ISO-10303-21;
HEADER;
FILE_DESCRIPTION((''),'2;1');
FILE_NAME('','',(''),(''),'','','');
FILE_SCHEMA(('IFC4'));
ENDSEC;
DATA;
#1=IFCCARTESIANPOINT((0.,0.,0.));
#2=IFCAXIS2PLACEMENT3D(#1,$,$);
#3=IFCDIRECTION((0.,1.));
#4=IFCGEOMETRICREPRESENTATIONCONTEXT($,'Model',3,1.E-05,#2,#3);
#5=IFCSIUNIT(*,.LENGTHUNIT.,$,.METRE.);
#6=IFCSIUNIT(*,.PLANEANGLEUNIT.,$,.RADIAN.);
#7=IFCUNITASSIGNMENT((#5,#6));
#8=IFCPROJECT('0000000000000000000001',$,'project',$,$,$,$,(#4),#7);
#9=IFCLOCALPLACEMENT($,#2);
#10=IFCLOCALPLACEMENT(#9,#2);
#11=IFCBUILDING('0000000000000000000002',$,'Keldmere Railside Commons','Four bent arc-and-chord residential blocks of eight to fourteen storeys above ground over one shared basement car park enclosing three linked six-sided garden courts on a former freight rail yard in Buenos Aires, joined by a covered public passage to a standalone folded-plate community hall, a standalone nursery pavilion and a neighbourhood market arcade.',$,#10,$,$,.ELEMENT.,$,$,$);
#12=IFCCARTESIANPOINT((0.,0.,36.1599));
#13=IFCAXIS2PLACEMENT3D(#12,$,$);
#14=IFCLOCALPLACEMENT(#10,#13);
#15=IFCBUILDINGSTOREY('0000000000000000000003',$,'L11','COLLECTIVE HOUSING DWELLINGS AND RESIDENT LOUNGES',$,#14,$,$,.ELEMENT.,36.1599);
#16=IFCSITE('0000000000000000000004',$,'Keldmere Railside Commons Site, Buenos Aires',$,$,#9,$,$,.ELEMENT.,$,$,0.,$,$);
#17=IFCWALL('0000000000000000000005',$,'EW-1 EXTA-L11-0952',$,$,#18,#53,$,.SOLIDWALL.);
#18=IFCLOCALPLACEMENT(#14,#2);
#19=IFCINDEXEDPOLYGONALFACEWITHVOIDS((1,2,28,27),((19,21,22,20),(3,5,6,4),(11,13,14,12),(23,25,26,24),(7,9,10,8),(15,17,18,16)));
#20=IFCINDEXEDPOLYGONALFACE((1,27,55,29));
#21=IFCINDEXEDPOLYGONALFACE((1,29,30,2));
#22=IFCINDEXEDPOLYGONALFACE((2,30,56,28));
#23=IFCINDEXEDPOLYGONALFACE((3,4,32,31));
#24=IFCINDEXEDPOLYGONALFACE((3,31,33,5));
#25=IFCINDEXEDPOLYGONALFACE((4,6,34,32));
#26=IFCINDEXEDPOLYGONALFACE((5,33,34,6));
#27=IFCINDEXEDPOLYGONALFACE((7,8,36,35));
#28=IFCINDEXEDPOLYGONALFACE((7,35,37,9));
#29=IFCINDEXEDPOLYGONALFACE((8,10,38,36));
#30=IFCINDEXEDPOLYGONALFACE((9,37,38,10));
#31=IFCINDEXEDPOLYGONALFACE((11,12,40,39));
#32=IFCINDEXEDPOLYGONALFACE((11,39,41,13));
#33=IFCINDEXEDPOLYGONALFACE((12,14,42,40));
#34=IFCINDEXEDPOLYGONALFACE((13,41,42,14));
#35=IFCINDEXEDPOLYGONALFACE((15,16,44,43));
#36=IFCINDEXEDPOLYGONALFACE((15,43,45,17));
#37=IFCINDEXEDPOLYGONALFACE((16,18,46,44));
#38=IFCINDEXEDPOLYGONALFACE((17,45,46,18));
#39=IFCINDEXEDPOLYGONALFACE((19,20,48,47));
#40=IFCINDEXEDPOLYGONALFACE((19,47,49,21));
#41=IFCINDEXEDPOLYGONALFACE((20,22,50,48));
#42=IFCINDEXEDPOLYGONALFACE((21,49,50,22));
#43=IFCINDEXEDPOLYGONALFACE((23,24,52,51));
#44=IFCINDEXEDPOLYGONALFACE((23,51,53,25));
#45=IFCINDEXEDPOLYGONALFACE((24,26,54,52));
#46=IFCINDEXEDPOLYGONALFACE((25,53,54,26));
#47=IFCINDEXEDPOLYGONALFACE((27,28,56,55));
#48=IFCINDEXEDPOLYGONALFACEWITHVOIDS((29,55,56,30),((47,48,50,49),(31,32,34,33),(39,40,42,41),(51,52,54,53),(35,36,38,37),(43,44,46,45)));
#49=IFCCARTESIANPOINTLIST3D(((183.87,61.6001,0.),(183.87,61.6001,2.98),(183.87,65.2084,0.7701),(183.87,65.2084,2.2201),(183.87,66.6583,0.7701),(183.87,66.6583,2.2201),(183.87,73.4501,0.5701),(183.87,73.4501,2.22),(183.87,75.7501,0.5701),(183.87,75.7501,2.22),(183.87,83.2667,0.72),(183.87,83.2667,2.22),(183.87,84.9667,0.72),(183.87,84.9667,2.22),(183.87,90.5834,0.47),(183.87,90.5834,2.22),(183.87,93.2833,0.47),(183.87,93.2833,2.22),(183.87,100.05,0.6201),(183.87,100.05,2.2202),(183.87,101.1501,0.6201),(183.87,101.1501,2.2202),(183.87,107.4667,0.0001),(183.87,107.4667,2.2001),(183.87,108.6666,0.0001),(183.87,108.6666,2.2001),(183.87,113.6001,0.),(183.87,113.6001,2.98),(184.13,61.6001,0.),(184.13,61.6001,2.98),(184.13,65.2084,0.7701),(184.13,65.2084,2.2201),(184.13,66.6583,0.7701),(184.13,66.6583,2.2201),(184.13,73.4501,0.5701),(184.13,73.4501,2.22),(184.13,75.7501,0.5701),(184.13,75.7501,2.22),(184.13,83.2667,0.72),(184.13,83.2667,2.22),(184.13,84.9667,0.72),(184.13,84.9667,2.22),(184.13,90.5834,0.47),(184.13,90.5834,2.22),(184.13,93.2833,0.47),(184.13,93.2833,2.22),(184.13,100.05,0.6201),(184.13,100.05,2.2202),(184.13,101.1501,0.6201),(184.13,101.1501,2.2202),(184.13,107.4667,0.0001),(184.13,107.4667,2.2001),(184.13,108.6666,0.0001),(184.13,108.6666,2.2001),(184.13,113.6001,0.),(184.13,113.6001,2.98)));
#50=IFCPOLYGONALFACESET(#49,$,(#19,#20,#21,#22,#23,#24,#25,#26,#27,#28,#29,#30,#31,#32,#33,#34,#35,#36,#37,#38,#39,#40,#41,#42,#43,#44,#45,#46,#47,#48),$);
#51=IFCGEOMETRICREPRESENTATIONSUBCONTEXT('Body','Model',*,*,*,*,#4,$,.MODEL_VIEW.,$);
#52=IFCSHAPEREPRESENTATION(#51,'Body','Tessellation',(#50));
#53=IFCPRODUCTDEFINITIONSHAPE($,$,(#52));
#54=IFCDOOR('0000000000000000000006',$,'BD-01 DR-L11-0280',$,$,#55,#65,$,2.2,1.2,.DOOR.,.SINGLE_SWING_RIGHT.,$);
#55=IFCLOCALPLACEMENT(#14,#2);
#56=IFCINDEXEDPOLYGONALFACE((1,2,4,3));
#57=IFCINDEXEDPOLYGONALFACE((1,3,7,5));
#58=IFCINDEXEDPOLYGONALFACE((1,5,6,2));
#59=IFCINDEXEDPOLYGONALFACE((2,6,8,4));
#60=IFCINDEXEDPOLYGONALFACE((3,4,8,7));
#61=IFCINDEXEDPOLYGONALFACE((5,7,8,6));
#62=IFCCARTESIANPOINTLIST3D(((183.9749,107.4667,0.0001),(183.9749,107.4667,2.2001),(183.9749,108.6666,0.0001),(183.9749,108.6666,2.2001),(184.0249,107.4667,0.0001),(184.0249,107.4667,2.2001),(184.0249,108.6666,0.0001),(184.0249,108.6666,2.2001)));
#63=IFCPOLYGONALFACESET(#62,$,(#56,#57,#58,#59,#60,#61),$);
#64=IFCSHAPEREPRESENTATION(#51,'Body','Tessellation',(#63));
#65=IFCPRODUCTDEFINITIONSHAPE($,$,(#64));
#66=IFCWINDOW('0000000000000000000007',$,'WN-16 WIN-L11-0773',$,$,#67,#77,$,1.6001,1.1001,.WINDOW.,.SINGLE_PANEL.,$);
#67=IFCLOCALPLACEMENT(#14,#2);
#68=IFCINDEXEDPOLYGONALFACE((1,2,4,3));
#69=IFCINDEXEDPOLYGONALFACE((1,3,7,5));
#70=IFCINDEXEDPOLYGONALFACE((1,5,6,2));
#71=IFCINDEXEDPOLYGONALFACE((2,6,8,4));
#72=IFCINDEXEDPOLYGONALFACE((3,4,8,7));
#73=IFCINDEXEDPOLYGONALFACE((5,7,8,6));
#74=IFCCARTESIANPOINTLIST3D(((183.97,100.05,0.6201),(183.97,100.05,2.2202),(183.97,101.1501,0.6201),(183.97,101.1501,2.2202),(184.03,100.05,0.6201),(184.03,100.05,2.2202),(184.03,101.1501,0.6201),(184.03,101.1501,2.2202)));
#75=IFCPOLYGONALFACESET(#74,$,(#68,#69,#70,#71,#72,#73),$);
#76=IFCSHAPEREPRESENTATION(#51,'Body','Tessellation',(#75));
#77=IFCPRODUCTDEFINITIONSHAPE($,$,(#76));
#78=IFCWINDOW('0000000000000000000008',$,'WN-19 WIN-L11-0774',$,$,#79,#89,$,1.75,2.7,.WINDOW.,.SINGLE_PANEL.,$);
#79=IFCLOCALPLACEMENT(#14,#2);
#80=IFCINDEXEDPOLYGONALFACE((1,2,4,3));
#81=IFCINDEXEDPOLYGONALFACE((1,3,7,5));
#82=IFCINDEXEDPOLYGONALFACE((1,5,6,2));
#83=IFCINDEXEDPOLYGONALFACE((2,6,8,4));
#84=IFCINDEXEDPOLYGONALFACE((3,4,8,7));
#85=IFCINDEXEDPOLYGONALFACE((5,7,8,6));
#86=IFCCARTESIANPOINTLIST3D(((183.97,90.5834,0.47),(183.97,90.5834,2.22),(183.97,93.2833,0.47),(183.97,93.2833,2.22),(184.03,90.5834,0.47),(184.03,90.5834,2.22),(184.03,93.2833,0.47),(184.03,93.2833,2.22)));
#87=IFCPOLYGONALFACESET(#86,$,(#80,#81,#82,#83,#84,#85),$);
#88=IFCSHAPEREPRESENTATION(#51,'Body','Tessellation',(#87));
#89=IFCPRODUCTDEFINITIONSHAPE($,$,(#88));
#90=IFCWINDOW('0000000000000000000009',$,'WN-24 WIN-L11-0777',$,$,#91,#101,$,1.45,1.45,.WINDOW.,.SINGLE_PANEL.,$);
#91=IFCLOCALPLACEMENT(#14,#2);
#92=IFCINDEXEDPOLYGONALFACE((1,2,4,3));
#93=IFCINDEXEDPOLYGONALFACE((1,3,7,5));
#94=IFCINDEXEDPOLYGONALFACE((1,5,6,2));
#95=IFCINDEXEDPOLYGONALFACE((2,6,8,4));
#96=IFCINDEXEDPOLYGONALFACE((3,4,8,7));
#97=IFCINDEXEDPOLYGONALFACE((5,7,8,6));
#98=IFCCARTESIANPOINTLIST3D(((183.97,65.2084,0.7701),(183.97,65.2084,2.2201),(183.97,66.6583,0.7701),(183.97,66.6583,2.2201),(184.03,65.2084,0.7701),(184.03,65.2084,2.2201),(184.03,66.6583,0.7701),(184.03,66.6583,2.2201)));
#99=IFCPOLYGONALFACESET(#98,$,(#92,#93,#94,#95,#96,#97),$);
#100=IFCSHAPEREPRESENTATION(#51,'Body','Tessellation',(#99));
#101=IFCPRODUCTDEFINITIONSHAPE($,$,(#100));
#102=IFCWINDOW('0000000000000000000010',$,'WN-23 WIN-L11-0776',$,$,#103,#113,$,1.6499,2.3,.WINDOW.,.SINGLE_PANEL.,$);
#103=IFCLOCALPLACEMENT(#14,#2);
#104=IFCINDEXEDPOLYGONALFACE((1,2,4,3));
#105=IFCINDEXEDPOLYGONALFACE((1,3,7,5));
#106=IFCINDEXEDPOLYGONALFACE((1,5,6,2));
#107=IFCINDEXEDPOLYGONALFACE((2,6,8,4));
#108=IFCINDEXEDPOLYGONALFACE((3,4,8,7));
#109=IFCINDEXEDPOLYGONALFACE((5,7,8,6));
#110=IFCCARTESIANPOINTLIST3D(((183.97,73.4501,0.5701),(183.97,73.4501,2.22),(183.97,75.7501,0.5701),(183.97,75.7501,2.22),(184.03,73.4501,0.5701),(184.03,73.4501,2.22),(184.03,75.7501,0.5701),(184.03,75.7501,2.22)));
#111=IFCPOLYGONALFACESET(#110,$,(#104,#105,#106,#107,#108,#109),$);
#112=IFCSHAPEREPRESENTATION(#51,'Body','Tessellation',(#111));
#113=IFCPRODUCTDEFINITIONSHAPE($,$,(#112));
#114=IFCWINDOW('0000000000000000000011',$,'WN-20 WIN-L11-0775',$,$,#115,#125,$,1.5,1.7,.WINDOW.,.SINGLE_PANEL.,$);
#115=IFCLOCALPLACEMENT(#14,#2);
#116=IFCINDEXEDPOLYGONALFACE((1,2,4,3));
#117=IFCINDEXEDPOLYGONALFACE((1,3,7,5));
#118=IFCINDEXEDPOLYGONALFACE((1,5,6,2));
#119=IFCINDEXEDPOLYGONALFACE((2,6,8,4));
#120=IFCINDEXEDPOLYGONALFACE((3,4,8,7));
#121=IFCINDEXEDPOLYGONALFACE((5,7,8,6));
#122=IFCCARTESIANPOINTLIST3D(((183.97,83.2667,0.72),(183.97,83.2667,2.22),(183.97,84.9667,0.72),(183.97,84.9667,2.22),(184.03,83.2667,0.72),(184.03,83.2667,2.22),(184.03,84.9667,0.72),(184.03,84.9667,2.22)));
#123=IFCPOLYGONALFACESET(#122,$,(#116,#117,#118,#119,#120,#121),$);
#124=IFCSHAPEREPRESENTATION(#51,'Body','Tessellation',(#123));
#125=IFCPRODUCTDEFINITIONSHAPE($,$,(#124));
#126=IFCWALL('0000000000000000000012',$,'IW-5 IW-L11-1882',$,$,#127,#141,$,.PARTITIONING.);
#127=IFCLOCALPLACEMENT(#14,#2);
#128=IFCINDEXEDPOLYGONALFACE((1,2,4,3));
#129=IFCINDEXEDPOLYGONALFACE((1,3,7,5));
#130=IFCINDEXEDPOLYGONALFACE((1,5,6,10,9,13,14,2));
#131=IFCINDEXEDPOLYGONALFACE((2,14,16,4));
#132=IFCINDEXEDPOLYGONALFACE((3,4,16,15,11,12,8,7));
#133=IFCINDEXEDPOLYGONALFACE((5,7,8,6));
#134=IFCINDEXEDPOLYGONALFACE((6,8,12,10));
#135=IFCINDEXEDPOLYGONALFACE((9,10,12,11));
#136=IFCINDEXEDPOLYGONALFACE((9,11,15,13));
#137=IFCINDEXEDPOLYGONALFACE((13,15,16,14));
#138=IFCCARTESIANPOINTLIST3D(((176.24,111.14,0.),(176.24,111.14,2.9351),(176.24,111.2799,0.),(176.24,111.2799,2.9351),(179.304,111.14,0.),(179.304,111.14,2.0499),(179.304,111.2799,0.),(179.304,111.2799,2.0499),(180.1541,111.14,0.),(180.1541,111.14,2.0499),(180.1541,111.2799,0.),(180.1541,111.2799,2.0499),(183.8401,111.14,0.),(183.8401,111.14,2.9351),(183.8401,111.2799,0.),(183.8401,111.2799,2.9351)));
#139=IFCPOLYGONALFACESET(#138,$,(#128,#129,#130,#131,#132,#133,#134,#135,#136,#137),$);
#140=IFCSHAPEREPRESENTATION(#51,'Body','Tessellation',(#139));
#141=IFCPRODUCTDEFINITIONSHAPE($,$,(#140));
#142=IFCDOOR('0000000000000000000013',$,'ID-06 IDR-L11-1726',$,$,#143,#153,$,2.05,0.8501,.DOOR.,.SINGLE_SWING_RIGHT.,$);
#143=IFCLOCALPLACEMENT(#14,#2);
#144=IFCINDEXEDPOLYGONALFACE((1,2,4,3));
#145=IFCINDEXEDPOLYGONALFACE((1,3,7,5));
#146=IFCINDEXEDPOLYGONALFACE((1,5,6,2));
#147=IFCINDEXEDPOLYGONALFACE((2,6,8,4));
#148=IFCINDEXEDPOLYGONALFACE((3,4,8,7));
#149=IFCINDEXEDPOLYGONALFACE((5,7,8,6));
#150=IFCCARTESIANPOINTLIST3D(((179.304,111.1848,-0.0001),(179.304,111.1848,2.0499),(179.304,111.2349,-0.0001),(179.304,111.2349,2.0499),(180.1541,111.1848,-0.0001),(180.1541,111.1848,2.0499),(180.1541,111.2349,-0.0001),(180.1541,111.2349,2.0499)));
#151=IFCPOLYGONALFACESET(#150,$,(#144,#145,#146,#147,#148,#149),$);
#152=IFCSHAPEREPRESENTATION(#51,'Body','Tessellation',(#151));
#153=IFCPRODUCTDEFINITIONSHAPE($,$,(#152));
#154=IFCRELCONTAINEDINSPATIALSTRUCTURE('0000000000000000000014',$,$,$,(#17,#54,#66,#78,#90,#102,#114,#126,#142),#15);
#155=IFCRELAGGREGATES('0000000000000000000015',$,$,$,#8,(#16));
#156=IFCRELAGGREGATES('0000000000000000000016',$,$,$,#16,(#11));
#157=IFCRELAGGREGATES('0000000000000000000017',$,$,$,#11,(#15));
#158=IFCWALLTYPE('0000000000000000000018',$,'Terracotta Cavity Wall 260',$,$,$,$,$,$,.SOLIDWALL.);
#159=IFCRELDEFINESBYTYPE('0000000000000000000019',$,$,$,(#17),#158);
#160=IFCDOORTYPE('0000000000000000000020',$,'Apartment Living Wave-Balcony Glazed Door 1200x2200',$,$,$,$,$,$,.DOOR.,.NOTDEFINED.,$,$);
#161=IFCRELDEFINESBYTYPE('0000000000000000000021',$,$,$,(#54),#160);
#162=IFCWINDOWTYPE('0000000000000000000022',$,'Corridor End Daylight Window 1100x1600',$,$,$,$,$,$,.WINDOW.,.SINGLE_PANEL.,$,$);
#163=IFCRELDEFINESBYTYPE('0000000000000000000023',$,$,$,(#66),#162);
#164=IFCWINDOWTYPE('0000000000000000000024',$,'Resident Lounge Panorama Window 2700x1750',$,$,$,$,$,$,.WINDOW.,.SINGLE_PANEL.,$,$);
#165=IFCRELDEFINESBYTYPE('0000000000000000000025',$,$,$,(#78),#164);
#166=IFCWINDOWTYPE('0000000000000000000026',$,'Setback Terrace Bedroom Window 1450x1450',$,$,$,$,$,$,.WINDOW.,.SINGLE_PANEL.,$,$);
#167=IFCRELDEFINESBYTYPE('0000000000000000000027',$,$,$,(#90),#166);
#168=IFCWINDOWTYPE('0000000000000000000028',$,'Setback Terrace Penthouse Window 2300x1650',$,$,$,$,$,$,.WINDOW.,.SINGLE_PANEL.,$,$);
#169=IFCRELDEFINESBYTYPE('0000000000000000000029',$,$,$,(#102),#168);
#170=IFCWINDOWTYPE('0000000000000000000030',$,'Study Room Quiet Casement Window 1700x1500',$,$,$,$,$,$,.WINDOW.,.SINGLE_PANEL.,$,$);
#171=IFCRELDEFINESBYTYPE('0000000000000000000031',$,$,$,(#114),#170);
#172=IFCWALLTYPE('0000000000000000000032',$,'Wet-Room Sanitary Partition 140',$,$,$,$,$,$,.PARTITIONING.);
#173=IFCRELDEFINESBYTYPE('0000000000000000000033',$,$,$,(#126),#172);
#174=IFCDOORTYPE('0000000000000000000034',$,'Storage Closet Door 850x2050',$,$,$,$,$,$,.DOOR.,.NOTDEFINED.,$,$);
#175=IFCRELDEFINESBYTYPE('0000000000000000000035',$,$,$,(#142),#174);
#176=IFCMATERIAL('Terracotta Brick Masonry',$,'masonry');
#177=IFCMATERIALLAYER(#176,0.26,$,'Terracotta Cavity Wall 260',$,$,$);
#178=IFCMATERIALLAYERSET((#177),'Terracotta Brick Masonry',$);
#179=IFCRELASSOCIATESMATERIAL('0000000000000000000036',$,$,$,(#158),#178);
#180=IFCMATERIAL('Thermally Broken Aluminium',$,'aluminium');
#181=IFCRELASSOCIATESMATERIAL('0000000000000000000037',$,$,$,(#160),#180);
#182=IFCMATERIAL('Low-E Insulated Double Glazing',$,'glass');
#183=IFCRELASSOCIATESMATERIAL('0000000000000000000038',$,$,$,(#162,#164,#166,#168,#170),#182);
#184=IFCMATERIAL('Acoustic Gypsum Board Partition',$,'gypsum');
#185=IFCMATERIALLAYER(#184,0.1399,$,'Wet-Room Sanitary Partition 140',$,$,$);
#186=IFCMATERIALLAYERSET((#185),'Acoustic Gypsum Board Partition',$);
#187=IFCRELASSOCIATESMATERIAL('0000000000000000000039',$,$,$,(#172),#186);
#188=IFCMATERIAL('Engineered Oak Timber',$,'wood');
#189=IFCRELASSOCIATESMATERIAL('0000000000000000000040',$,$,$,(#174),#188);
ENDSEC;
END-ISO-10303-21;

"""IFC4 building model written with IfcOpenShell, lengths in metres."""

from ifc_helpers import new_model, si_unit, direction, frame, frame_2d, origin, place, context, subcontext, project, spatial, rectangle, extrude, material, layer, layer_set, type_object, element, fill, save


model = new_model("IFC4")

# Units and contexts
model_context = context("Model", 3, precision=1e-05, world=origin(), true_north=direction((0.0, 1.0)))
body_context = subcontext(model_context, "Body", "Model", "MODEL_VIEW")
ifc_project = project(units=[si_unit("LENGTHUNIT", "METRE"), si_unit("PLANEANGLEUNIT", "RADIAN")], contexts=[model_context])

# Site, building, storey
site_placement = place(None, origin())
site = spatial("IfcSite", under=ifc_project, at=site_placement, Name="Keldmere Railside Commons Site, Buenos Aires", CompositionType="ELEMENT", RefElevation=0.0)
building_placement = place(site_placement, origin())
building = spatial("IfcBuilding", under=site, at=building_placement, Name="Keldmere Railside Commons", Description="Four bent arc-and-chord residential blocks of eight to fourteen storeys above ground over one shared basement car park enclosing three linked six-sided garden courts on a former freight rail yard in Buenos Aires, joined by a covered public passage to a standalone folded-plate community hall, a standalone nursery pavilion and a neighbourhood market arcade.", CompositionType="ELEMENT")
storey_placement = place(building_placement, frame((0.0, 0.0, 36.1599)))
storey = spatial("IfcBuildingStorey", under=building, at=storey_placement, Name="L11", Description="COLLECTIVE HOUSING DWELLINGS AND RESIDENT LOUNGES", CompositionType="ELEMENT", Elevation=36.1599)

# Shared definitions
ifc_material_1 = material(Name="Acoustic Gypsum Board Partition", Category="gypsum")
ifc_material_2 = material(Name="Engineered Oak Timber", Category="wood")

# Wall, openings, door, windows
ifc_material_3 = material(Name="Terracotta Brick Masonry", Category="masonry")
ifc_layer_1 = layer(ifc_material_3, 0.26, Name="Terracotta Cavity Wall 260")
ifc_layer_set_1 = layer_set([ifc_layer_1], Name="Terracotta Brick Masonry")
wall_type_1 = type_object("IfcWallType", Name="Terracotta Cavity Wall 260", PredefinedType="SOLIDWALL", material=ifc_layer_set_1)
wall_1_placement = place(storey_placement, frame((184.0, 113.6001, 0.0), z_axis=(0.0, 0.0, 1.0), x_axis=(0.0, -1.0, 0.0)))
wall_1 = element("IfcWall", 1, at=wall_1_placement, inside=storey, type_object=wall_type_1, Name="EW-1 EXTA-L11-0952", PredefinedType="SOLIDWALL", context=body_context, shape_type="SweptSolid", body=[
    extrude(rectangle(XDim=52.0, YDim=0.26, at=frame_2d((26.0, 0.0))), origin(), (0.0, 0.0, 1.0), 2.98),
])
opening_1_placement = place(wall_1_placement, frame((4.9333, 0.0, 0.0)))
opening_1 = element("IfcOpeningElement", 2, at=opening_1_placement, cuts=wall_1, PredefinedType="OPENING", context=body_context, shape_type="SweptSolid", body=[
    extrude(rectangle(XDim=1.2, YDim=2.2, at=frame_2d((0.6001, 1.1001))), frame((0.0, 0.1399, 0.0), z_axis=(0.0, -1.0, 0.0), x_axis=(1.0, 0.0, 0.0)), (0.0, 0.0, 1.0), 0.28),
])
opening_2_placement = place(wall_1_placement, frame((12.45, 0.0, 0.6201)))
opening_2 = element("IfcOpeningElement", 3, at=opening_2_placement, cuts=wall_1, PredefinedType="OPENING", context=body_context, shape_type="SweptSolid", body=[
    extrude(rectangle(XDim=1.1001, YDim=1.6001, at=frame_2d((0.55, 0.8))), frame((0.0, 0.1399, 0.0), z_axis=(0.0, -1.0, 0.0), x_axis=(1.0, 0.0, 0.0)), (0.0, 0.0, 1.0), 0.28),
])
opening_3_placement = place(wall_1_placement, frame((20.3167, 0.0, 0.47)))
opening_3 = element("IfcOpeningElement", 4, at=opening_3_placement, cuts=wall_1, PredefinedType="OPENING", context=body_context, shape_type="SweptSolid", body=[
    extrude(rectangle(XDim=2.7, YDim=1.75, at=frame_2d((1.3501, 0.875))), frame((0.0, 0.1399, 0.0), z_axis=(0.0, -1.0, 0.0), x_axis=(1.0, 0.0, 0.0)), (0.0, 0.0, 1.0), 0.28),
])
opening_4_placement = place(wall_1_placement, frame((28.6333, 0.0, 0.72)))
opening_4 = element("IfcOpeningElement", 5, at=opening_4_placement, cuts=wall_1, PredefinedType="OPENING", context=body_context, shape_type="SweptSolid", body=[
    extrude(rectangle(XDim=1.7, YDim=1.5, at=frame_2d((0.8501, 0.75))), frame((0.0, 0.1399, 0.0), z_axis=(0.0, -1.0, 0.0), x_axis=(1.0, 0.0, 0.0)), (0.0, 0.0, 1.0), 0.28),
])
opening_5_placement = place(wall_1_placement, frame((37.8501, 0.0, 0.5701)))
opening_5 = element("IfcOpeningElement", 6, at=opening_5_placement, cuts=wall_1, PredefinedType="OPENING", context=body_context, shape_type="SweptSolid", body=[
    extrude(rectangle(XDim=2.3, YDim=1.6499, at=frame_2d((1.1499, 0.825))), frame((0.0, 0.1399, 0.0), z_axis=(0.0, -1.0, 0.0), x_axis=(1.0, 0.0, 0.0)), (0.0, 0.0, 1.0), 0.28),
])
opening_6_placement = place(wall_1_placement, frame((46.9417, 0.0, 0.77)))
opening_6 = element("IfcOpeningElement", 7, at=opening_6_placement, cuts=wall_1, PredefinedType="OPENING", context=body_context, shape_type="SweptSolid", body=[
    extrude(rectangle(XDim=1.45, YDim=1.45, at=frame_2d((0.7251, 0.7251))), frame((0.0, 0.1399, 0.0), z_axis=(0.0, -1.0, 0.0), x_axis=(1.0, 0.0, 0.0)), (0.0, 0.0, 1.0), 0.28),
])
ifc_material_4 = material(Name="Thermally Broken Aluminium", Category="aluminium")
door_type_1 = type_object("IfcDoorType", Name="Apartment Living Wave-Balcony Glazed Door 1200x2200", OperationType="NOTDEFINED", PredefinedType="DOOR", material=ifc_material_4)
door_1_placement = place(opening_1_placement, origin())
door_1 = element("IfcDoor", 8, at=door_1_placement, inside=storey, type_object=door_type_1, Name="BD-01 DR-L11-0280", OperationType="SINGLE_SWING_RIGHT", OverallHeight=2.2, OverallWidth=1.2, PredefinedType="DOOR", context=body_context, shape_type="SweptSolid", body=[
    extrude(rectangle(XDim=1.2, YDim=2.2, at=frame_2d((0.6001, 1.1001))), frame((0.0, 0.0249, 0.0), z_axis=(0.0, -1.0, 0.0), x_axis=(1.0, 0.0, 0.0)), (0.0, 0.0, 1.0), 0.05),
])
fill(opening_1, door_1)
ifc_material_5 = material(Name="Low-E Insulated Double Glazing", Category="glass")
window_type_1 = type_object("IfcWindowType", Name="Corridor End Daylight Window 1100x1600", PartitioningType="SINGLE_PANEL", PredefinedType="WINDOW", material=ifc_material_5)
window_1_placement = place(opening_2_placement, origin())
window_1 = element("IfcWindow", 9, at=window_1_placement, inside=storey, type_object=window_type_1, Name="WN-16 WIN-L11-0773", OverallHeight=1.6001, OverallWidth=1.1001, PartitioningType="SINGLE_PANEL", PredefinedType="WINDOW", context=body_context, shape_type="SweptSolid", body=[
    extrude(rectangle(XDim=1.1001, YDim=1.6001, at=frame_2d((0.55, 0.8))), frame((0.0, 0.03, 0.0), z_axis=(0.0, -1.0, 0.0), x_axis=(1.0, 0.0, 0.0)), (0.0, 0.0, 1.0), 0.0601),
])
fill(opening_2, window_1)
window_type_2 = type_object("IfcWindowType", Name="Resident Lounge Panorama Window 2700x1750", PartitioningType="SINGLE_PANEL", PredefinedType="WINDOW", material=ifc_material_5)
window_2_placement = place(opening_3_placement, origin())
window_2 = element("IfcWindow", 10, at=window_2_placement, inside=storey, type_object=window_type_2, Name="WN-19 WIN-L11-0774", OverallHeight=1.75, OverallWidth=2.7, PartitioningType="SINGLE_PANEL", PredefinedType="WINDOW", context=body_context, shape_type="SweptSolid", body=[
    extrude(rectangle(XDim=2.7, YDim=1.75, at=frame_2d((1.3501, 0.875))), frame((0.0, 0.03, 0.0), z_axis=(0.0, -1.0, 0.0), x_axis=(1.0, 0.0, 0.0)), (0.0, 0.0, 1.0), 0.0601),
])
fill(opening_3, window_2)
window_type_3 = type_object("IfcWindowType", Name="Setback Terrace Bedroom Window 1450x1450", PartitioningType="SINGLE_PANEL", PredefinedType="WINDOW", material=ifc_material_5)
window_3_placement = place(opening_6_placement, origin())
window_3 = element("IfcWindow", 11, at=window_3_placement, inside=storey, type_object=window_type_3, Name="WN-24 WIN-L11-0777", OverallHeight=1.45, OverallWidth=1.45, PartitioningType="SINGLE_PANEL", PredefinedType="WINDOW", context=body_context, shape_type="SweptSolid", body=[
    extrude(rectangle(XDim=1.45, YDim=1.45, at=frame_2d((0.7251, 0.7251))), frame((0.0, 0.03, 0.0), z_axis=(0.0, -1.0, 0.0), x_axis=(1.0, 0.0, 0.0)), (0.0, 0.0, 1.0), 0.0601),
])
fill(opening_6, window_3)
window_type_4 = type_object("IfcWindowType", Name="Setback Terrace Penthouse Window 2300x1650", PartitioningType="SINGLE_PANEL", PredefinedType="WINDOW", material=ifc_material_5)
window_4_placement = place(opening_5_placement, origin())
window_4 = element("IfcWindow", 12, at=window_4_placement, inside=storey, type_object=window_type_4, Name="WN-23 WIN-L11-0776", OverallHeight=1.6499, OverallWidth=2.3, PartitioningType="SINGLE_PANEL", PredefinedType="WINDOW", context=body_context, shape_type="SweptSolid", body=[
    extrude(rectangle(XDim=2.3, YDim=1.6499, at=frame_2d((1.1499, 0.825))), frame((0.0, 0.03, 0.0), z_axis=(0.0, -1.0, 0.0), x_axis=(1.0, 0.0, 0.0)), (0.0, 0.0, 1.0), 0.0601),
])
fill(opening_5, window_4)
window_type_5 = type_object("IfcWindowType", Name="Study Room Quiet Casement Window 1700x1500", PartitioningType="SINGLE_PANEL", PredefinedType="WINDOW", material=ifc_material_5)
window_5_placement = place(opening_4_placement, origin())
window_5 = element("IfcWindow", 13, at=window_5_placement, inside=storey, type_object=window_type_5, Name="WN-20 WIN-L11-0775", OverallHeight=1.5, OverallWidth=1.7, PartitioningType="SINGLE_PANEL", PredefinedType="WINDOW", context=body_context, shape_type="SweptSolid", body=[
    extrude(rectangle(XDim=1.7, YDim=1.5, at=frame_2d((0.8501, 0.75))), frame((0.0, 0.03, 0.0), z_axis=(0.0, -1.0, 0.0), x_axis=(1.0, 0.0, 0.0)), (0.0, 0.0, 1.0), 0.0601),
])
fill(opening_4, window_5)

# Wall, opening, door
ifc_layer_2 = layer(ifc_material_1, 0.1399, Name="Wet-Room Sanitary Partition 140")
ifc_layer_set_2 = layer_set([ifc_layer_2], Name="Acoustic Gypsum Board Partition")
wall_type_2 = type_object("IfcWallType", Name="Wet-Room Sanitary Partition 140", PredefinedType="PARTITIONING", material=ifc_layer_set_2)
wall_2_placement = place(storey_placement, frame((176.24, 111.21, 0.0), z_axis=(0.0, 0.0, 1.0), x_axis=(1.0, 0.0, 0.0)))
wall_2 = element("IfcWall", 14, at=wall_2_placement, inside=storey, type_object=wall_type_2, Name="IW-5 IW-L11-1882", PredefinedType="PARTITIONING", context=body_context, shape_type="SweptSolid", body=[
    extrude(rectangle(XDim=7.6001, YDim=0.1399, at=frame_2d((3.8, 0.0))), origin(), (0.0, 0.0, 1.0), 2.9351),
])
opening_7_placement = place(wall_2_placement, frame((3.064, 0.0, 0.0)))
opening_7 = element("IfcOpeningElement", 15, at=opening_7_placement, cuts=wall_2, PredefinedType="OPENING", context=body_context, shape_type="SweptSolid", body=[
    extrude(rectangle(XDim=0.8501, YDim=2.05, at=frame_2d((0.425, 1.0249))), frame((0.0, 0.0798, 0.0), z_axis=(0.0, -1.0, 0.0), x_axis=(1.0, 0.0, 0.0)), (0.0, 0.0, 1.0), 0.1599),
])
door_type_2 = type_object("IfcDoorType", Name="Storage Closet Door 850x2050", OperationType="NOTDEFINED", PredefinedType="DOOR", material=ifc_material_2)
door_2_placement = place(opening_7_placement, origin())
door_2 = element("IfcDoor", 16, at=door_2_placement, inside=storey, type_object=door_type_2, Name="ID-06 IDR-L11-1726", OperationType="SINGLE_SWING_RIGHT", OverallHeight=2.05, OverallWidth=0.8501, PredefinedType="DOOR", context=body_context, shape_type="SweptSolid", body=[
    extrude(rectangle(XDim=0.8501, YDim=2.05, at=frame_2d((0.425, 1.0249))), frame((0.0, 0.0249, 0.0), z_axis=(0.0, -1.0, 0.0), x_axis=(1.0, 0.0, 0.0)), (0.0, 0.0, 1.0), 0.05),
])
fill(opening_7, door_2)

save(model, "model.ifc")
